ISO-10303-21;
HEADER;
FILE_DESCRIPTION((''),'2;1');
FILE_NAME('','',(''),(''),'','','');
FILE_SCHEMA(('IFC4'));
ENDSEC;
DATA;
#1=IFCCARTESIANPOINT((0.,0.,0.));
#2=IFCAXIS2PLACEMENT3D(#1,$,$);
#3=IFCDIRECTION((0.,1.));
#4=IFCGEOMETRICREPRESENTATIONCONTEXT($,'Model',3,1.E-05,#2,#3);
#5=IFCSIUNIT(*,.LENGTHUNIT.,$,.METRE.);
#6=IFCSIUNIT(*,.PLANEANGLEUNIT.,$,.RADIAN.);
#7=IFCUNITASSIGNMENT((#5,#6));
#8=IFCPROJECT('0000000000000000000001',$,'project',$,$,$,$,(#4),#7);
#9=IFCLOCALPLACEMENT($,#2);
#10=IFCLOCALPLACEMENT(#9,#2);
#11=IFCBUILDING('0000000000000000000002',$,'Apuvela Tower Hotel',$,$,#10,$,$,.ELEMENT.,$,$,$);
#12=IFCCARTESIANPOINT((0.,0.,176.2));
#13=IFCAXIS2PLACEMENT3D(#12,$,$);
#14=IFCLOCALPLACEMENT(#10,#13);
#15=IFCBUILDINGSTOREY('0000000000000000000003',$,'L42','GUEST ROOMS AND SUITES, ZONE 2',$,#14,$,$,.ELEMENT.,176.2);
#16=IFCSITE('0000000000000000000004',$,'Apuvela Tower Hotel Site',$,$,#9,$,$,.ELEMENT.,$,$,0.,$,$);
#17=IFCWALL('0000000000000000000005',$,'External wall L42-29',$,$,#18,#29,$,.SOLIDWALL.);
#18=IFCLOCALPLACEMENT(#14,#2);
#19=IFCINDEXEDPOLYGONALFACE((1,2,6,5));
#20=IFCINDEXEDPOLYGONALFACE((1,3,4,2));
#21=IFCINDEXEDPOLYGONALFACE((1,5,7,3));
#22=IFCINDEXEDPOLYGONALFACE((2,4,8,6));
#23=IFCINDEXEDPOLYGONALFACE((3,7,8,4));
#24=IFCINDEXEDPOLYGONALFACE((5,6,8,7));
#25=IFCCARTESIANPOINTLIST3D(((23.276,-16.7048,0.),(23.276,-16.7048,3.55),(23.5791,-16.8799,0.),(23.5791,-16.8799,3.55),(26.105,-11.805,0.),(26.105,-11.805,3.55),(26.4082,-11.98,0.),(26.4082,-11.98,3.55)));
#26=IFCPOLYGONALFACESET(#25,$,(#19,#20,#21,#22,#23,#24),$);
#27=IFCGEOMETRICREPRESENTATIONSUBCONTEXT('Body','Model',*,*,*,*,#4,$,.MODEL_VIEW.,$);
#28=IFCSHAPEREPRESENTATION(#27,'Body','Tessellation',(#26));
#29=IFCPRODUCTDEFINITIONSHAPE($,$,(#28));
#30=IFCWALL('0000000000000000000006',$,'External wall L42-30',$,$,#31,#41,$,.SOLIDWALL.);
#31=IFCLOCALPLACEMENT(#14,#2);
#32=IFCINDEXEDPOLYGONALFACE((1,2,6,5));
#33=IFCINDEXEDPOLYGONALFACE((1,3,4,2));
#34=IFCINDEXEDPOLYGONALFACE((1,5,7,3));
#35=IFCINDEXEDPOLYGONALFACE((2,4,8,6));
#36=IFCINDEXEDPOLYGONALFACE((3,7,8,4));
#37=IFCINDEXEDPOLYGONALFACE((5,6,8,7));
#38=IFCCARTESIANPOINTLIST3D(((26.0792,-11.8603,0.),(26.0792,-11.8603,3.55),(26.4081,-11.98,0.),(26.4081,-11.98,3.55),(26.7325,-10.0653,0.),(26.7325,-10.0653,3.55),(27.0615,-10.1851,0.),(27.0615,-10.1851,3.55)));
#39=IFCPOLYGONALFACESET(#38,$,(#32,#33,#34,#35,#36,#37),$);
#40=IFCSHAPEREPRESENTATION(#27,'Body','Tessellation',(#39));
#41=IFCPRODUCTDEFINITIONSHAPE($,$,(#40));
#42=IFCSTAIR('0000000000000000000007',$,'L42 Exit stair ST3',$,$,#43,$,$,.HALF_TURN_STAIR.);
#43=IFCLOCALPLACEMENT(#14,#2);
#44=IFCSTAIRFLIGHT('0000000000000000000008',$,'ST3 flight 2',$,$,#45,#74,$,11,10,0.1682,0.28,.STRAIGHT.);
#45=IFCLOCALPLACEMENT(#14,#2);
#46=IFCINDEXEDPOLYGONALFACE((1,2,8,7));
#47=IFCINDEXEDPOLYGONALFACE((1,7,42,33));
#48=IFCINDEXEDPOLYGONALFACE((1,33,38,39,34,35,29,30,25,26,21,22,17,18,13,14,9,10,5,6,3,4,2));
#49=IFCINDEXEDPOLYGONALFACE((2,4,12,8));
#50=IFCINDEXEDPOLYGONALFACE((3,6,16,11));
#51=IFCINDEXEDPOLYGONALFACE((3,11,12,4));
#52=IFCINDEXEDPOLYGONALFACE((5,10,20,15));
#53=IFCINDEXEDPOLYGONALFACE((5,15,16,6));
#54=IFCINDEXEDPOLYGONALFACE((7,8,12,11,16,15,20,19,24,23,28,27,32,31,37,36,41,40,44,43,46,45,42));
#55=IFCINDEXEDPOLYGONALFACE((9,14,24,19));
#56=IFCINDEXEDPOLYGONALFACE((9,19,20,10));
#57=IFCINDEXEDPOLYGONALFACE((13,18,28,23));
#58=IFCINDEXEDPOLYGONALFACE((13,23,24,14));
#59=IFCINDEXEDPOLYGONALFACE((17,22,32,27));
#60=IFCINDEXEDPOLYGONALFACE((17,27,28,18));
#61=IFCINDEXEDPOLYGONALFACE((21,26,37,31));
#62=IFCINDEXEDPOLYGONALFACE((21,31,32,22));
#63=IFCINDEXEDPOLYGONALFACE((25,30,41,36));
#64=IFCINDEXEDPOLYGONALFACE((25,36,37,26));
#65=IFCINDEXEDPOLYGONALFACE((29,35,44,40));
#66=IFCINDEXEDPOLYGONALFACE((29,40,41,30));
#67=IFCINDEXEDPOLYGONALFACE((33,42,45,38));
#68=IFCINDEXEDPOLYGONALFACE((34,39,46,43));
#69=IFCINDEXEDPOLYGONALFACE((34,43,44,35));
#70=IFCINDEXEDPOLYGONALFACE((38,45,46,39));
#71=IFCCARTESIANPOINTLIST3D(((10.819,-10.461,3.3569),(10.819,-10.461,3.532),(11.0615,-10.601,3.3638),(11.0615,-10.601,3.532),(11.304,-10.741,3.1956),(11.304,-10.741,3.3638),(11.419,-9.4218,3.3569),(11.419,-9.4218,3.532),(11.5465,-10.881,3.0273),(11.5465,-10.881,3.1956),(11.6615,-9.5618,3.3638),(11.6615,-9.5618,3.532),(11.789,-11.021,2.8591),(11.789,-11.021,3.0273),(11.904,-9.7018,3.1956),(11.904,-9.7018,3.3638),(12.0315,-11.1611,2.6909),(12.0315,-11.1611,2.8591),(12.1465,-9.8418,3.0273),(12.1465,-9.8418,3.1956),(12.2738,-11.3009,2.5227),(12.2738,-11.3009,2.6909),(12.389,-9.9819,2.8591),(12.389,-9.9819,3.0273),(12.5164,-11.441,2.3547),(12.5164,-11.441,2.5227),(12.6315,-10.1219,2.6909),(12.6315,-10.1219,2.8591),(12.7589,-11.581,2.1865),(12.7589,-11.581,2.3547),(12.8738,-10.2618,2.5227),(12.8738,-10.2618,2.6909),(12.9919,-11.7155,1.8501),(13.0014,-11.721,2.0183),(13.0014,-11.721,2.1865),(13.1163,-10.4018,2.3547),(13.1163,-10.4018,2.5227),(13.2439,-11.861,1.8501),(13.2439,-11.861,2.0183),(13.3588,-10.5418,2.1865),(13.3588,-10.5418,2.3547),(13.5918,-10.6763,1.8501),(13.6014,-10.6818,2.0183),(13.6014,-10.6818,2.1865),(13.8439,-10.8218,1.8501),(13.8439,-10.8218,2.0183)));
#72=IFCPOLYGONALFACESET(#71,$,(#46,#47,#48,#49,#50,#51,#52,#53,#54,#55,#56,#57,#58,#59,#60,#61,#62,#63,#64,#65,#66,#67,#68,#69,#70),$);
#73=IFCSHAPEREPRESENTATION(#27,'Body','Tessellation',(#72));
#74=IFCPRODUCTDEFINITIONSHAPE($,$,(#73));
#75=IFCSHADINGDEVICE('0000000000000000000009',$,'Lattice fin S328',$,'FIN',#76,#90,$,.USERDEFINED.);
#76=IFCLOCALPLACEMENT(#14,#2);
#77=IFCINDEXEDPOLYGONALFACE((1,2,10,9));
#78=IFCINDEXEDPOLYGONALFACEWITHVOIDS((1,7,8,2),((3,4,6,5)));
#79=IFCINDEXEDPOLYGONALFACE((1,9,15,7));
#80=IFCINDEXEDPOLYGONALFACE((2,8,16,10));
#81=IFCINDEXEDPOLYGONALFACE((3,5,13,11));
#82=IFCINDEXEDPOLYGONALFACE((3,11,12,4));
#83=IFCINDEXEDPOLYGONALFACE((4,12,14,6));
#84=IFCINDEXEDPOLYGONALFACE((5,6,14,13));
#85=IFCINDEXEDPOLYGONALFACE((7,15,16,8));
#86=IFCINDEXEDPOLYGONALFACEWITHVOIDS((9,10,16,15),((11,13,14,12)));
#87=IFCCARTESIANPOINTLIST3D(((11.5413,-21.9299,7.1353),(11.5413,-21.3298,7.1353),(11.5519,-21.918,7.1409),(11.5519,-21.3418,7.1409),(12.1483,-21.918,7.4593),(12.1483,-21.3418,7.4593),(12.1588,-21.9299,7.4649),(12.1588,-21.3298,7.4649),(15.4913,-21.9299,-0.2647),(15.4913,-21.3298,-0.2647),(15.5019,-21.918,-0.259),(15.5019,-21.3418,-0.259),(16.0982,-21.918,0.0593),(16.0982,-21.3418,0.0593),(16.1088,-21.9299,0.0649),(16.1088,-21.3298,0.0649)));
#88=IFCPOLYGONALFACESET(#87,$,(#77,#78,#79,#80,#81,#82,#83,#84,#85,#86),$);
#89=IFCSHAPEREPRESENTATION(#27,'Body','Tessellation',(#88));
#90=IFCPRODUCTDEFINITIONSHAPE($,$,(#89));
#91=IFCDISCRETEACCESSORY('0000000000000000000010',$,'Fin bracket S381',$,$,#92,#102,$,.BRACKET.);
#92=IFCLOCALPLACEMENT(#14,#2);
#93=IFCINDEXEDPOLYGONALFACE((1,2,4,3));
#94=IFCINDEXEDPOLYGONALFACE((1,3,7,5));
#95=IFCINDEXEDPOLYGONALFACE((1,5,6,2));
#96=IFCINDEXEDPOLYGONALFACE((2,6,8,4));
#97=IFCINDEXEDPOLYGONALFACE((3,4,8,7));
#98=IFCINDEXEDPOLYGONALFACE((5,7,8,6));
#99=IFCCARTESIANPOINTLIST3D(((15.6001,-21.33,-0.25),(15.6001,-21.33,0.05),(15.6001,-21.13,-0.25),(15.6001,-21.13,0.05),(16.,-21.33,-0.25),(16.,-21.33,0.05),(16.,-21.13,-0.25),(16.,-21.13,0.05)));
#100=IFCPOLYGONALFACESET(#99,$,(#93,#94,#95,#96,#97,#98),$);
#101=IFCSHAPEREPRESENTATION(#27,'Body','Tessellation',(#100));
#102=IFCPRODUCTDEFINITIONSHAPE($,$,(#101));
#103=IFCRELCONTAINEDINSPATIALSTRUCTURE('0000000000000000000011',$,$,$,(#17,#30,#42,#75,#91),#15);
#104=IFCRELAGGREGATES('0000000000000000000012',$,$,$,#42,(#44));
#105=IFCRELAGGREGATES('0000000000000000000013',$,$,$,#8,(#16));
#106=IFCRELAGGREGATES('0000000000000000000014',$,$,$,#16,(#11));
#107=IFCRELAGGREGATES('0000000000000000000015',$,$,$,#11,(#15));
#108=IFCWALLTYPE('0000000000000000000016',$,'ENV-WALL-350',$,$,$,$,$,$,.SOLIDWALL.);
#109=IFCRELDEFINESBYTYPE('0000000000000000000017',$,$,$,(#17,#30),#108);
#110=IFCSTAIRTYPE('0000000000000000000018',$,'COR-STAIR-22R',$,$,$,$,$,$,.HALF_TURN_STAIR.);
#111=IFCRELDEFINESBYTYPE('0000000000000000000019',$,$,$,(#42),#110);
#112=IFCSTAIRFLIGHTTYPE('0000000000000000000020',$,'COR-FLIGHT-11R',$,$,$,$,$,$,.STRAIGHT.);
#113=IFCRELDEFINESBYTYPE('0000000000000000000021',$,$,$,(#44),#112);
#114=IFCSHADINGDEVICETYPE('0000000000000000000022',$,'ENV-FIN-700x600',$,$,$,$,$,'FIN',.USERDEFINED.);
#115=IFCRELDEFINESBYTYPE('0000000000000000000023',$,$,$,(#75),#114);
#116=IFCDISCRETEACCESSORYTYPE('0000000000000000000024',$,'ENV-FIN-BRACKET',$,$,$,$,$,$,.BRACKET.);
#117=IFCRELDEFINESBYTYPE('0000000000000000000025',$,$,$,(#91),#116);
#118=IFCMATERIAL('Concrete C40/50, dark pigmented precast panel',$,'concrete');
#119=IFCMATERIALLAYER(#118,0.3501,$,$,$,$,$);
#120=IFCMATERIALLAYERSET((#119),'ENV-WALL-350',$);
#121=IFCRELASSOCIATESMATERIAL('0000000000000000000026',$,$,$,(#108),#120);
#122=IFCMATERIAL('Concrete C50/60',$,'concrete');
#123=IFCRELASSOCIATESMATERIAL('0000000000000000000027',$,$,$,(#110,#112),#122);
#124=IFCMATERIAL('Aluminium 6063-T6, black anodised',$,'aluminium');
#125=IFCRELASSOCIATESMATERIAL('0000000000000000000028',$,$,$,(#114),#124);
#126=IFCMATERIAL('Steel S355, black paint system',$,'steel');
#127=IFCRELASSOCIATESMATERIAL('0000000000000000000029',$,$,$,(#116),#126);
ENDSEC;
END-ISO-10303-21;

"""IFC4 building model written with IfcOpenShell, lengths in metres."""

from ifc_helpers import new_model, si_unit, direction, frame, frame_2d, origin, origin_2d, place, context, subcontext, project, spatial, polyline, rectangle, hollow_rectangle, outline, extrude, material, layer, layer_set, material_profile, profile_set, type_object, element, aggregate, save


model = new_model("IFC4")

# Units and contexts
model_context = context("Model", 3, precision=1e-05, world=origin(), true_north=direction((0.0, 1.0)))
body_context = subcontext(model_context, "Body", "Model", "MODEL_VIEW")
ifc_project = project(units=[si_unit("LENGTHUNIT", "METRE"), si_unit("PLANEANGLEUNIT", "RADIAN")], contexts=[model_context])

# Site, building, storey
site_placement = place(None, origin())
site = spatial("IfcSite", under=ifc_project, at=site_placement, Name="Apuvela Tower Hotel Site", CompositionType="ELEMENT", RefElevation=0.0)
building_placement = place(site_placement, origin())
building = spatial("IfcBuilding", under=site, at=building_placement, Name="Apuvela Tower Hotel", CompositionType="ELEMENT")
storey_placement = place(building_placement, frame((0.0, 0.0, 176.2)))
storey = spatial("IfcBuildingStorey", under=building, at=storey_placement, Name="L42", Description="GUEST ROOMS AND SUITES, ZONE 2", CompositionType="ELEMENT", Elevation=176.2)

# Shared definitions
ifc_material_1 = material(Name="Concrete C50/60", Category="concrete")

# Shared definitions
ifc_material_2 = material(Name="Concrete C40/50, dark pigmented precast panel", Category="concrete")
ifc_layer_1 = layer(ifc_material_2, 0.3501)
ifc_layer_set_1 = layer_set([ifc_layer_1], Name="ENV-WALL-350")
wall_type_1 = type_object("IfcWallType", Name="ENV-WALL-350", PredefinedType="SOLIDWALL", material=ifc_layer_set_1)

# Walls
wall_1_placement = place(storey_placement, frame((23.4275, -16.7925, 0.0), z_axis=(0.0, 0.0, 1.0), x_axis=(0.500019, 0.866015, 0.0)))
element("IfcWall", 1, at=wall_1_placement, inside=storey, type_object=wall_type_1, Name="External wall L42-29", PredefinedType="SOLIDWALL", context=body_context, shape_type="SweptSolid", body=[
    extrude(rectangle(XDim=5.658, YDim=0.3501, at=frame_2d((2.8291, 0.0))), origin(), (0.0, 0.0, 1.0), 3.55),
])
wall_2_placement = place(storey_placement, frame((26.2437, -11.9202, 0.0), z_axis=(0.0, 0.0, 1.0), x_axis=(0.34203, 0.939689, 0.0)))
element("IfcWall", 2, at=wall_2_placement, inside=storey, type_object=wall_type_1, Name="External wall L42-30", PredefinedType="SOLIDWALL", context=body_context, shape_type="SweptSolid", body=[
    extrude(rectangle(XDim=1.9102, YDim=0.3501, at=frame_2d((0.9551, 0.0))), origin(), (0.0, 0.0, 1.0), 3.55),
])

# Stair, stair flight
stair_type = type_object("IfcStairType", Name="COR-STAIR-22R", PredefinedType="HALF_TURN_STAIR", material=ifc_material_1)
stair_placement = place(storey_placement, origin())
stair = element("IfcStair", 3, at=stair_placement, inside=storey, type_object=stair_type, Name="L42 Exit stair ST3", PredefinedType="HALF_TURN_STAIR")
stair_flight_type = type_object("IfcStairFlightType", Name="COR-FLIGHT-11R", PredefinedType="STRAIGHT", material=ifc_material_1)
stair_flight_placement = place(storey_placement, frame((13.5439, -11.3413, 1.8501), z_axis=(0.0, 0.0, 1.0), x_axis=(-0.866025, 0.5, 0.0)))
stair_flight = element("IfcStairFlight", 4, at=stair_flight_placement, type_object=stair_flight_type, Name="ST3 flight 2", NumberOfRisers=11, NumberOfTreads=10, PredefinedType="STRAIGHT", RiserHeight=0.1682, TreadLength=0.28, context=body_context, shape_type="SweptSolid", body=[
    extrude(outline(polyline([(0.0, 0.0), (0.0, 0.1682), (0.28, 0.1682), (0.28, 0.3364), (0.5601, 0.3364), (0.5601, 0.5046), (0.8401, 0.5046), (0.8401, 0.6726), (1.1201, 0.6726), (1.1201, 0.8408), (1.3999, 0.8408), (1.3999, 1.009), (1.6799, 1.009), (1.6799, 1.1772), (1.96, 1.1772), (1.96, 1.3455), (2.24, 1.3455), (2.24, 1.5137), (2.52, 1.5137), (2.52, 1.6819), (2.8, 1.6819), (2.8, 1.8501), (2.8, 1.5068), (0.291, 0.0), (0.0, 0.0)])), frame((0.0, 0.6001, 0.0), z_axis=(0.0, -1.0, 0.0), x_axis=(1.0, 0.0, 0.0)), (0.0, 0.0, 1.0), 1.2),
])
aggregate(stair, [stair_flight])

# Shading device
ifc_material_3 = material(Name="Aluminium 6063-T6, black anodised", Category="aluminium")
ifc_material_profile_1 = material_profile(ifc_material_3, hollow_rectangle(XDim=0.6001, YDim=0.7, WallThickness=0.012, at=origin_2d()), Name="AL BOX 700x600x12")
ifc_profile_set_1 = profile_set([ifc_material_profile_1], Name="Aluminium 6063-T6, black anodised")
shading_device_type = type_object("IfcShadingDeviceType", Name="ENV-FIN-700x600", ElementType="FIN", PredefinedType="USERDEFINED", material=ifc_profile_set_1)
shading_device_placement = place(storey_placement, frame((15.8, -21.6299, -0.0999), z_axis=(-0.470898, 0.0, 0.882188), x_axis=(0.0, -1.0, 0.0)))
element("IfcShadingDevice", 5, at=shading_device_placement, inside=storey, type_object=shading_device_type, Name="Lattice fin S328", ObjectType="FIN", PredefinedType="USERDEFINED", context=body_context, shape_type="SweptSolid", body=[
    extrude(hollow_rectangle(XDim=0.6001, YDim=0.7, WallThickness=0.012, at=origin_2d()), origin(), (0.0, 0.0, 1.0), 8.3882),
])

# Discrete accessory
ifc_material_4 = material(Name="Steel S355, black paint system", Category="steel")
discrete_accessory_type = type_object("IfcDiscreteAccessoryType", Name="ENV-FIN-BRACKET", PredefinedType="BRACKET", material=ifc_material_4)
discrete_accessory_placement = place(storey_placement, frame((15.8, -21.23, -0.25), z_axis=(0.0, 0.0, 1.0), x_axis=(1.0, 0.0, 0.0)))
element("IfcDiscreteAccessory", 6, at=discrete_accessory_placement, inside=storey, type_object=discrete_accessory_type, Name="Fin bracket S381", PredefinedType="BRACKET", context=body_context, shape_type="SweptSolid", body=[
    extrude(rectangle(XDim=0.3999, YDim=0.2, at=origin_2d()), origin(), (0.0, 0.0, 1.0), 0.3),
])

save(model, "model.ifc")
